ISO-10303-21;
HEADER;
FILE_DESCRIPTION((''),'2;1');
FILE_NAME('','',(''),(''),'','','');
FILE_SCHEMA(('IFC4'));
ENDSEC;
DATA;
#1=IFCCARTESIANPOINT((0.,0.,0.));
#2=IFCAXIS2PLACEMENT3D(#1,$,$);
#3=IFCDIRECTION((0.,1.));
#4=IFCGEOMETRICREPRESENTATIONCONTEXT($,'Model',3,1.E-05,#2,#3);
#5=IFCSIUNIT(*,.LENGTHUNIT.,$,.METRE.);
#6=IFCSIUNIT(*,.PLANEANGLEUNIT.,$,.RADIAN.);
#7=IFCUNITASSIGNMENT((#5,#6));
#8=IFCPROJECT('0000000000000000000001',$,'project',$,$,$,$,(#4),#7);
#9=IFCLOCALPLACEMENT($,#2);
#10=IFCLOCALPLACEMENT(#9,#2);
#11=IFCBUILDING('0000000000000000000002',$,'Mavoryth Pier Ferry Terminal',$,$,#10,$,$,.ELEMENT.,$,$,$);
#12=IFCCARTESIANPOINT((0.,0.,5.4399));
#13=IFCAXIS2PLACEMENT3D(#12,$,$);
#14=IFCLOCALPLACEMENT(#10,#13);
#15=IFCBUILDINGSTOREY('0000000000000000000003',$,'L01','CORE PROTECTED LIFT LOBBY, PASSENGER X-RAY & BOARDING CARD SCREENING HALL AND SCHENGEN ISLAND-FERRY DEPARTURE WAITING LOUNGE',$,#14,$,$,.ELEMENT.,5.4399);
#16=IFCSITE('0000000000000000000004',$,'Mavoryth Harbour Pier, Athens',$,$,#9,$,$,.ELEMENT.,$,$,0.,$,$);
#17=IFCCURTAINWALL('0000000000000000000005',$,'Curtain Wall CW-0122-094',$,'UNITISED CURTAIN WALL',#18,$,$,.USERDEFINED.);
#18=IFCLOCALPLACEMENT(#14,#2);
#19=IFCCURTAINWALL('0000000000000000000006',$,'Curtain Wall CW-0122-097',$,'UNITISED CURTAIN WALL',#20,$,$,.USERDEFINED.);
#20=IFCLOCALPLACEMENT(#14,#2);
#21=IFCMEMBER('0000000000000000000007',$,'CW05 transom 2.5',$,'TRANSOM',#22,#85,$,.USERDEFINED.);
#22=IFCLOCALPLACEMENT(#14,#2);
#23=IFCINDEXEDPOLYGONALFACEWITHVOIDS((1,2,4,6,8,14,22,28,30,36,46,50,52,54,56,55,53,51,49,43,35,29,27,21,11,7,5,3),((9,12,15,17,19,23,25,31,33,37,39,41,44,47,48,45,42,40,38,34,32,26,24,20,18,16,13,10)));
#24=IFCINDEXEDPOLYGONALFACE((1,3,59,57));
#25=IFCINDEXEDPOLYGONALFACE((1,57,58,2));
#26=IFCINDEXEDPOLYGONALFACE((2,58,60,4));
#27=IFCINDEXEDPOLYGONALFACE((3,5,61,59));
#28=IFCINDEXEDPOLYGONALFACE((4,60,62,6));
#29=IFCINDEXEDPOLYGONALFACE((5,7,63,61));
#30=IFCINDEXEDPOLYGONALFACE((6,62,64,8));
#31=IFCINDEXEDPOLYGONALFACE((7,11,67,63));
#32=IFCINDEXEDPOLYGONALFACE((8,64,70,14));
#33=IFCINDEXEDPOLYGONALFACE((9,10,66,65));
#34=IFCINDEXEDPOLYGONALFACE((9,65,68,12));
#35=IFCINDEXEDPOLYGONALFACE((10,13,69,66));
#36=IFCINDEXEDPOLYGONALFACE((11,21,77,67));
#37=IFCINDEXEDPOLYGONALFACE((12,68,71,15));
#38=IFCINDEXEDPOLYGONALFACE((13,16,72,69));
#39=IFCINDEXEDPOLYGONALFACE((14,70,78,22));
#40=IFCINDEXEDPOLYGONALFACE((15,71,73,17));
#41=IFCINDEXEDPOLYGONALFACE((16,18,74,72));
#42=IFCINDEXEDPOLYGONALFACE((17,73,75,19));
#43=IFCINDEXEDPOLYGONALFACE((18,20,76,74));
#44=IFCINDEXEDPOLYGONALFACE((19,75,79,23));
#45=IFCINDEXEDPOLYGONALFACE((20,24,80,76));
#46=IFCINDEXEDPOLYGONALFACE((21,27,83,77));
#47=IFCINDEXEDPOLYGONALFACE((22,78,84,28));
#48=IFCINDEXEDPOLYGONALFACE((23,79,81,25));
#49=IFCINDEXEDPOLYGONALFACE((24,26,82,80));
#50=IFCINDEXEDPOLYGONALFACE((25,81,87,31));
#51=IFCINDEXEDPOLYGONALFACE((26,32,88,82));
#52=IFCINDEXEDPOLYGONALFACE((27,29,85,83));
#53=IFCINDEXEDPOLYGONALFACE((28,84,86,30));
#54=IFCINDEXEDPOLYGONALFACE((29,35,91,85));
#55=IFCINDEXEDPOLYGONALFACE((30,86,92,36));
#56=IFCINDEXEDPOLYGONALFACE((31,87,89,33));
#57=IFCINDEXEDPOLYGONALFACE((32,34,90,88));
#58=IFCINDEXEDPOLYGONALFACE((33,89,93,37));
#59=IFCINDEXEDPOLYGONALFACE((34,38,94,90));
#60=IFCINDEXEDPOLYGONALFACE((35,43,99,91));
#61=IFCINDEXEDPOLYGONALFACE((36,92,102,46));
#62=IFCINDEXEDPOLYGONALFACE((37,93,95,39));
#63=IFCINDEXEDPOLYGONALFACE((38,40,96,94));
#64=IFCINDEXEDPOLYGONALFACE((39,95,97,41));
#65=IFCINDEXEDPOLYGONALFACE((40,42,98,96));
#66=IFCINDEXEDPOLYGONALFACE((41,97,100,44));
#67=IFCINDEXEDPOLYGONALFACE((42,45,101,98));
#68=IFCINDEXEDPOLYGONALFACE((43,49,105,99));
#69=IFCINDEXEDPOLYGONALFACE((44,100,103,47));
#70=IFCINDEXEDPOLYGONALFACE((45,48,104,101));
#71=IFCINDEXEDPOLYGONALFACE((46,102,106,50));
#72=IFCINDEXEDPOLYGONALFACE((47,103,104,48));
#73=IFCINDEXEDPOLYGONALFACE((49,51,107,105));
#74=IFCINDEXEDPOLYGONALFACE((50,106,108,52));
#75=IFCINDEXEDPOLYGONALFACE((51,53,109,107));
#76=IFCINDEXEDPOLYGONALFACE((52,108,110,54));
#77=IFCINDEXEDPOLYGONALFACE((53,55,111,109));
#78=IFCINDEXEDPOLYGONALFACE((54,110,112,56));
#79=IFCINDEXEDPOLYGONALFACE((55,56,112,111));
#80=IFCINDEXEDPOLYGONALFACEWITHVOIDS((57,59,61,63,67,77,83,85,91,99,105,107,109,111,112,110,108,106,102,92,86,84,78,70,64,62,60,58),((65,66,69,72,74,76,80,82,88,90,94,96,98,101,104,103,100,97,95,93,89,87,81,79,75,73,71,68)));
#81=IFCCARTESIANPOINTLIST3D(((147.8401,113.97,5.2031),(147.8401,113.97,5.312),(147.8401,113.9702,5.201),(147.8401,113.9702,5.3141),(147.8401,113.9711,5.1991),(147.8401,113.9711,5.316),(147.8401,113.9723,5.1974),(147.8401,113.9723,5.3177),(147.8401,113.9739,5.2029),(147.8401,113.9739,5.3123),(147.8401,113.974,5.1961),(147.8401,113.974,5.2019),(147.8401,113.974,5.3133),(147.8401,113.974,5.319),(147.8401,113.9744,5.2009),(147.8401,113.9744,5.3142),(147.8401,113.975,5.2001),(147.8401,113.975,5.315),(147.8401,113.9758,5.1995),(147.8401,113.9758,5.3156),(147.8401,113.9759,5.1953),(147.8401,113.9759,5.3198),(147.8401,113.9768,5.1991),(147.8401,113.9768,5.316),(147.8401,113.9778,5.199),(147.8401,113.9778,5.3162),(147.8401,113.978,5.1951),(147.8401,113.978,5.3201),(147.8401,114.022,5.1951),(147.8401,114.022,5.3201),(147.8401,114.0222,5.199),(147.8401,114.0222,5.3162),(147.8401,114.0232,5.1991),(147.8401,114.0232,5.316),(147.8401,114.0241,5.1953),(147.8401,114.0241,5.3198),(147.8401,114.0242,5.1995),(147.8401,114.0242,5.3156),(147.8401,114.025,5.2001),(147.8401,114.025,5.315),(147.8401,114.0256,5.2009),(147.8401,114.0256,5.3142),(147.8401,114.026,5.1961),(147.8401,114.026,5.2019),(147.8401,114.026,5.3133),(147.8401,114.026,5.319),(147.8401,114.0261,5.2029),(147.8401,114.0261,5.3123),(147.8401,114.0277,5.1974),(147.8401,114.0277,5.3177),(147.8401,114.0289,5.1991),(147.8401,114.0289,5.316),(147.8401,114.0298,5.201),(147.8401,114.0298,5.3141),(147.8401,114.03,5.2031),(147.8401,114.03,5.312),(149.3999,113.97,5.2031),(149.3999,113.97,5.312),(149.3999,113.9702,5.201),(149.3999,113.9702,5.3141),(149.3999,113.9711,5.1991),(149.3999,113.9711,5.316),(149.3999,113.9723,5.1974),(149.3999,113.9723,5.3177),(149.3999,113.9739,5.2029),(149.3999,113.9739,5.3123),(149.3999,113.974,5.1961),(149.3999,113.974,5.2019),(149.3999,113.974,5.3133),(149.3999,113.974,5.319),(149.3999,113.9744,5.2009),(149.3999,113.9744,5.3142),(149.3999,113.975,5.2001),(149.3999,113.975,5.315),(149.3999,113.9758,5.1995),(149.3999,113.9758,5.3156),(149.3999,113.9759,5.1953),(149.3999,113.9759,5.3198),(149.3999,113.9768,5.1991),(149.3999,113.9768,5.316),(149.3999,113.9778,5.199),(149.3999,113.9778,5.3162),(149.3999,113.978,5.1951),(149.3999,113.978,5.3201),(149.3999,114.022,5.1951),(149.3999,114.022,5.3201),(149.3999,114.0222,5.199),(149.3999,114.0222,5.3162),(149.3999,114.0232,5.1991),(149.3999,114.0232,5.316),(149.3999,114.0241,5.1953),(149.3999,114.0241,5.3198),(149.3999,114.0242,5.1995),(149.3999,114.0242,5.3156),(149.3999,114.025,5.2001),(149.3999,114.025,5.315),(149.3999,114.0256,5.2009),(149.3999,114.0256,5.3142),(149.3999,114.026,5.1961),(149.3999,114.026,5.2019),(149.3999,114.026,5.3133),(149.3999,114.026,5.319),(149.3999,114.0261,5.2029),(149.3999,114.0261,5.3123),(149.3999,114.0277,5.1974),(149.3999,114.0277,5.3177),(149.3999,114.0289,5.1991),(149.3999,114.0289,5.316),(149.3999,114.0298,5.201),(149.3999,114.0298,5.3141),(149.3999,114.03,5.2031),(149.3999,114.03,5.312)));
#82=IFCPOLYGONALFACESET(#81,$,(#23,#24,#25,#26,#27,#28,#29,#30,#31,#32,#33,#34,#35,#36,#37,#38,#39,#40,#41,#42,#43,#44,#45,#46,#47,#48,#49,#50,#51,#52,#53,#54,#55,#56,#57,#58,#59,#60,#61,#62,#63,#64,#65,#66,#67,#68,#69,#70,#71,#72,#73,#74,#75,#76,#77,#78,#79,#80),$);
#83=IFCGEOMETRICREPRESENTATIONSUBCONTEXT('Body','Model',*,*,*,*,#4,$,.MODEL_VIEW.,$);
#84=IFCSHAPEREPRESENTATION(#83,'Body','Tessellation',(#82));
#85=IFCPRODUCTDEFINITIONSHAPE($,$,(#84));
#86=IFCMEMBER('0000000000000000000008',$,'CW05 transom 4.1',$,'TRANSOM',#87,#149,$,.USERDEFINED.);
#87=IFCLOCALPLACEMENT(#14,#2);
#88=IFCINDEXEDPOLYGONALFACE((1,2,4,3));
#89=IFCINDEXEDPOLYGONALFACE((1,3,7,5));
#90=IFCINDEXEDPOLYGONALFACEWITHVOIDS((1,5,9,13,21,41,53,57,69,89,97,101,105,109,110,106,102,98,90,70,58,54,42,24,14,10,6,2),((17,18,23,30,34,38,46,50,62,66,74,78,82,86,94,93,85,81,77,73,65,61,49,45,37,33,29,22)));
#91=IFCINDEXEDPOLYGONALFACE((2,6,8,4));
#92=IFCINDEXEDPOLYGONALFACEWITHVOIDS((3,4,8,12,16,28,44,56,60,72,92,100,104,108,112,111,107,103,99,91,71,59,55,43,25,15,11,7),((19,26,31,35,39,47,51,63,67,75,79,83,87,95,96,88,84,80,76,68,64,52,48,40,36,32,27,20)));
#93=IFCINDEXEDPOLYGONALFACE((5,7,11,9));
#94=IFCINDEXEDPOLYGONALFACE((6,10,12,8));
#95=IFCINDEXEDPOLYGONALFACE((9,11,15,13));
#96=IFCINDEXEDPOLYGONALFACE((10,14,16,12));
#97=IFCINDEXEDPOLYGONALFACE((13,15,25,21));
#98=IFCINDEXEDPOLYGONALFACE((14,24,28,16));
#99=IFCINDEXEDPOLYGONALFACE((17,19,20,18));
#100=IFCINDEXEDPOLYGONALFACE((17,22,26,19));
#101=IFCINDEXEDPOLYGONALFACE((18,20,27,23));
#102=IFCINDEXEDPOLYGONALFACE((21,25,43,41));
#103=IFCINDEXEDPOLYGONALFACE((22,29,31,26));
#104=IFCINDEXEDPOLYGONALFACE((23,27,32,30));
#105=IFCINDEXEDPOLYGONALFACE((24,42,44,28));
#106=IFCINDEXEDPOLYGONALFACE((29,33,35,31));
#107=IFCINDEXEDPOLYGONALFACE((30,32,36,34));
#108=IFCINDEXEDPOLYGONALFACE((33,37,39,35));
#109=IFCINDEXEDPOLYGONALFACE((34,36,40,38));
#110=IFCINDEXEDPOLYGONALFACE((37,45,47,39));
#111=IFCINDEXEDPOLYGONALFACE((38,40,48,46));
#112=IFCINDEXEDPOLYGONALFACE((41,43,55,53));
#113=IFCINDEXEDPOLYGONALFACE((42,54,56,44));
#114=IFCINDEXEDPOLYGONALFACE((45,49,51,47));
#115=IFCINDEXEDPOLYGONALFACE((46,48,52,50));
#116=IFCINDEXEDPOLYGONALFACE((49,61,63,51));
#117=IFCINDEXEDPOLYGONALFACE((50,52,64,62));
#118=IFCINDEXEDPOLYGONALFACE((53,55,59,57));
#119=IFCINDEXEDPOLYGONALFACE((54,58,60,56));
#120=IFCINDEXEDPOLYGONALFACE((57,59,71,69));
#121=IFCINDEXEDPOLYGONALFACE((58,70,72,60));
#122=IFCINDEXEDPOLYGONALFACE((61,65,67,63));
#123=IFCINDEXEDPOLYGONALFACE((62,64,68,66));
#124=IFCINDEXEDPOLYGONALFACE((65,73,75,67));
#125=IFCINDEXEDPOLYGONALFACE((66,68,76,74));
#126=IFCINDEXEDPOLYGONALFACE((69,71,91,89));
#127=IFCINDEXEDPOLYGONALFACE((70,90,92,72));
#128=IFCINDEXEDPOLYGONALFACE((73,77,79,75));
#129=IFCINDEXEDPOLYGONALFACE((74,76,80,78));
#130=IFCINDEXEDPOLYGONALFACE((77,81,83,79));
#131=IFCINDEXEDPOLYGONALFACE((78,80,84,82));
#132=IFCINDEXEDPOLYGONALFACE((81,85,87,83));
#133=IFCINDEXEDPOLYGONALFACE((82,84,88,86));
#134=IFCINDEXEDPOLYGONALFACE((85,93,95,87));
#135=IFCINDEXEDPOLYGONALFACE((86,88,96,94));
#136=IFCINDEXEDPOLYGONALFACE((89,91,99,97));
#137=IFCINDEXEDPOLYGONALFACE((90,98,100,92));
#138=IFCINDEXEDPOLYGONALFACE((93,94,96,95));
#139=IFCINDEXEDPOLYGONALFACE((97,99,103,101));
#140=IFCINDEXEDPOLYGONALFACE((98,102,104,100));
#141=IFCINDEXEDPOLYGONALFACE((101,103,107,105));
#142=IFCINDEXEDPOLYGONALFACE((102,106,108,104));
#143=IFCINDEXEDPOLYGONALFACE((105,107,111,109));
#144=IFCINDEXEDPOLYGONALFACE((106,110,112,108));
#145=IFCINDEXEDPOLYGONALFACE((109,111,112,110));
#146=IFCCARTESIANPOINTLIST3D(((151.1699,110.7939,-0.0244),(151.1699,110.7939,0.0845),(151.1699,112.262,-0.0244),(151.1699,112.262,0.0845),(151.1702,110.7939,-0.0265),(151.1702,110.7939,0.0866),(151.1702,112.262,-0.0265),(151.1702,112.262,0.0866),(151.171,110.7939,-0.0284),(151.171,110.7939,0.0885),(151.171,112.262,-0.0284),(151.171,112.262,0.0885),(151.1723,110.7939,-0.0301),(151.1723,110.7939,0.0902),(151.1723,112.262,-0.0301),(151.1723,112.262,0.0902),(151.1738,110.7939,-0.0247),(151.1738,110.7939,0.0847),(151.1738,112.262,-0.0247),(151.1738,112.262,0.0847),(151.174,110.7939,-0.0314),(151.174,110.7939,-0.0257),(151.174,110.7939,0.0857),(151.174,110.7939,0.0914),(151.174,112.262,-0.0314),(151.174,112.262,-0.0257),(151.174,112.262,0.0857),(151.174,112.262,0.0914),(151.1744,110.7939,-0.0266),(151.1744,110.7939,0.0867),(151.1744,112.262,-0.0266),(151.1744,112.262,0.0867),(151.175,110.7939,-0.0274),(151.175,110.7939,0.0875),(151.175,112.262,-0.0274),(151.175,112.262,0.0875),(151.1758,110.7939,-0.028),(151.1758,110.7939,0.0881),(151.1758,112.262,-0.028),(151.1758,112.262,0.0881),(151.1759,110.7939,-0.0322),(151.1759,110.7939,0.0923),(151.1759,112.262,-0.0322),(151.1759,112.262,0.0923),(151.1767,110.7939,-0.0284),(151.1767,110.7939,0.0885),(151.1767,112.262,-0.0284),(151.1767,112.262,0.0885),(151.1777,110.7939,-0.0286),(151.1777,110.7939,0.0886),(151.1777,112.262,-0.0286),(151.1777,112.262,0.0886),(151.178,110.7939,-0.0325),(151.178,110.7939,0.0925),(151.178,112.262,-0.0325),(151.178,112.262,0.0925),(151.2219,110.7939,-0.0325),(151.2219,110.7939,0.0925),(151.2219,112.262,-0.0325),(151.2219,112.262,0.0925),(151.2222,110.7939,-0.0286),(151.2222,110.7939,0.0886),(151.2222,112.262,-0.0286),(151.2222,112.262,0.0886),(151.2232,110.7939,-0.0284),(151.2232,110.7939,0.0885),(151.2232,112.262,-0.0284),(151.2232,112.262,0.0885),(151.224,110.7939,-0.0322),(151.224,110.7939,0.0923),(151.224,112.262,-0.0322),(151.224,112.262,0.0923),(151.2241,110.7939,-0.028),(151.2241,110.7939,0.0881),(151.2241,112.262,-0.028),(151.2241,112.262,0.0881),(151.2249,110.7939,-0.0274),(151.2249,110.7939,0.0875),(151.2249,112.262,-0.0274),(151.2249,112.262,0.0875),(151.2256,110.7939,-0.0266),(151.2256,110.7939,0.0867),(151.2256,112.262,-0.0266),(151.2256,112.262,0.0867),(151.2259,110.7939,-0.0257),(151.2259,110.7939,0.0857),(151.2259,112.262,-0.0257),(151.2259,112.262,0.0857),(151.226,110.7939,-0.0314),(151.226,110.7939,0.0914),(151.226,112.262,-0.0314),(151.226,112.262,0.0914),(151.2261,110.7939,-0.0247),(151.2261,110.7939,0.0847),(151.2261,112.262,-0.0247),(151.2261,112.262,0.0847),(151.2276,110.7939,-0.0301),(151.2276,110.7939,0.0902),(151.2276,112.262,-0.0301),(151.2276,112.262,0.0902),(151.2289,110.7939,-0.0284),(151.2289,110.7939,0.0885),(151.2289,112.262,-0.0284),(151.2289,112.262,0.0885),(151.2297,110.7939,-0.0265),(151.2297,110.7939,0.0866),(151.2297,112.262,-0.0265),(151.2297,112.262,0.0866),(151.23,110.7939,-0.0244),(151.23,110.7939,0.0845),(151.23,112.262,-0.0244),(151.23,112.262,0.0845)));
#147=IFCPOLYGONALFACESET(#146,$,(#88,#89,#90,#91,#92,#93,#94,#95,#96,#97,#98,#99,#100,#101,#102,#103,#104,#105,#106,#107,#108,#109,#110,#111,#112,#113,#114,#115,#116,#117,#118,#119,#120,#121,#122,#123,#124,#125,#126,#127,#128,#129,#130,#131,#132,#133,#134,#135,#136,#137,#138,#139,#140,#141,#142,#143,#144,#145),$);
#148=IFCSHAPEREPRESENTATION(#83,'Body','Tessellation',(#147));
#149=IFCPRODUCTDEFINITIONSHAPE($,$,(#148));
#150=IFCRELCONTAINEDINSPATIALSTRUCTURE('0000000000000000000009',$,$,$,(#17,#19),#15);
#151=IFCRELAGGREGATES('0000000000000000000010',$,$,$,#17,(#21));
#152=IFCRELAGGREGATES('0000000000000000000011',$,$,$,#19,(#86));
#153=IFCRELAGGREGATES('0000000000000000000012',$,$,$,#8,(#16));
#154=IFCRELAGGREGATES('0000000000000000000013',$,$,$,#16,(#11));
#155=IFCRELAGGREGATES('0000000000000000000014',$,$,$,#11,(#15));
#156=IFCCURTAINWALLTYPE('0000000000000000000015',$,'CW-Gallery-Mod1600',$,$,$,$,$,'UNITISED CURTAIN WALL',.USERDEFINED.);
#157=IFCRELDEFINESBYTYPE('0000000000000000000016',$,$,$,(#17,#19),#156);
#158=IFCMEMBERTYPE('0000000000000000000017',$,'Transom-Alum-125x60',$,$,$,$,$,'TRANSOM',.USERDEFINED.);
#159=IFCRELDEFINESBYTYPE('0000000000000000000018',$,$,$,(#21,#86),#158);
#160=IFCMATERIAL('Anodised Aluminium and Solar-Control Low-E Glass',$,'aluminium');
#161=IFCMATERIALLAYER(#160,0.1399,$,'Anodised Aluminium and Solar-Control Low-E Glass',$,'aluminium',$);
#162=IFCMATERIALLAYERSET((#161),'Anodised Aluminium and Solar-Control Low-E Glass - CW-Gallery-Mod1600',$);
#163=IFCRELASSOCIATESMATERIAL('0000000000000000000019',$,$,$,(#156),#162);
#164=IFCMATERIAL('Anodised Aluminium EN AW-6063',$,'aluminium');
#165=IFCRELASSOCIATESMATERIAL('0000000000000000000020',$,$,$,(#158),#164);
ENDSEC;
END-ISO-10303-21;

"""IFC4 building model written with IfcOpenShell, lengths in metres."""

from ifc_helpers import new_model, si_unit, direction, frame, origin, origin_2d, place, context, subcontext, project, spatial, hollow_rectangle, extrude, material, layer, layer_set, material_profile, profile_set, type_object, element, aggregate, save


model = new_model("IFC4")

# Units and contexts
model_context = context("Model", 3, precision=1e-05, world=origin(), true_north=direction((0.0, 1.0)))
body_context = subcontext(model_context, "Body", "Model", "MODEL_VIEW")
ifc_project = project(units=[si_unit("LENGTHUNIT", "METRE"), si_unit("PLANEANGLEUNIT", "RADIAN")], contexts=[model_context])

# Site, building, storey
site_placement = place(None, origin())
site = spatial("IfcSite", under=ifc_project, at=site_placement, Name="Mavoryth Harbour Pier, Athens", CompositionType="ELEMENT", RefElevation=0.0)
building_placement = place(site_placement, origin())
building = spatial("IfcBuilding", under=site, at=building_placement, Name="Mavoryth Pier Ferry Terminal", CompositionType="ELEMENT")
storey_placement = place(building_placement, frame((0.0, 0.0, 5.4399)))
storey = spatial("IfcBuildingStorey", under=building, at=storey_placement, Name="L01", Description="CORE PROTECTED LIFT LOBBY, PASSENGER X-RAY & BOARDING CARD SCREENING HALL AND SCHENGEN ISLAND-FERRY DEPARTURE WAITING LOUNGE", CompositionType="ELEMENT", Elevation=5.4399)

# Curtain walls
ifc_material_1 = material(Name="Anodised Aluminium and Solar-Control Low-E Glass", Category="aluminium")
ifc_layer_1 = layer(ifc_material_1, 0.1399, Name="Anodised Aluminium and Solar-Control Low-E Glass", Category="aluminium")
ifc_layer_set_1 = layer_set([ifc_layer_1], Name="Anodised Aluminium and Solar-Control Low-E Glass - CW-Gallery-Mod1600")
curtain_wall_type = type_object("IfcCurtainWallType", Name="CW-Gallery-Mod1600", ElementType="UNITISED CURTAIN WALL", PredefinedType="USERDEFINED", material=ifc_layer_set_1)
curtain_wall_1_placement = place(storey_placement, origin())
curtain_wall_1 = element("IfcCurtainWall", 1, at=curtain_wall_1_placement, inside=storey, type_object=curtain_wall_type, Name="Curtain Wall CW-0122-094", ObjectType="UNITISED CURTAIN WALL", PredefinedType="USERDEFINED")
ifc_material_2 = material(Name="Anodised Aluminium EN AW-6063", Category="aluminium")
curtain_wall_2_placement = place(storey_placement, origin())
curtain_wall_2 = element("IfcCurtainWall", 2, at=curtain_wall_2_placement, inside=storey, type_object=curtain_wall_type, Name="Curtain Wall CW-0122-097", ObjectType="UNITISED CURTAIN WALL", PredefinedType="USERDEFINED")

# Members
ifc_material_profile_1 = material_profile(ifc_material_2, hollow_rectangle(XDim=0.0601, YDim=0.125, WallThickness=0.0039, InnerFilletRadius=0.0039, OuterFilletRadius=0.0081, at=origin_2d()), Name="AL-TRAN 125x60x4", Category="aluminium")
ifc_profile_set_1 = profile_set([ifc_material_profile_1], Name="Anodised Aluminium EN AW-6063 - AL-TRAN 125x60x4")
member_type_1 = type_object("IfcMemberType", Name="Transom-Alum-125x60", ElementType="TRANSOM", PredefinedType="USERDEFINED", material=ifc_profile_set_1)
member_1_placement = place(storey_placement, frame((149.3999, 114.0, 5.2576), z_axis=(-1.0, 0.0, 0.0), x_axis=(0.0, -1.0, 0.0)))
member_1 = element("IfcMember", 3, at=member_1_placement, type_object=member_type_1, Name="CW05 transom 2.5", ObjectType="TRANSOM", PredefinedType="USERDEFINED", context=body_context, shape_type="SweptSolid", body=[
    extrude(hollow_rectangle(XDim=0.0601, YDim=0.125, WallThickness=0.0039, InnerFilletRadius=0.0039, OuterFilletRadius=0.0081, at=origin_2d()), origin(), (0.0, 0.0, 1.0), 1.5598),
])
member_2_placement = place(storey_placement, frame((151.2, 110.7939, 0.03), z_axis=(0.0, 1.0, 0.0), x_axis=(-1.0, 0.0, 0.0)))
member_2 = element("IfcMember", 4, at=member_2_placement, type_object=member_type_1, Name="CW05 transom 4.1", ObjectType="TRANSOM", PredefinedType="USERDEFINED", context=body_context, shape_type="SweptSolid", body=[
    extrude(hollow_rectangle(XDim=0.0601, YDim=0.125, WallThickness=0.0039, InnerFilletRadius=0.0039, OuterFilletRadius=0.0081, at=origin_2d()), origin(), (0.0, 0.0, 1.0), 1.468),
])

aggregate(curtain_wall_1, [member_1])
aggregate(curtain_wall_2, [member_2])

save(model, "model.ifc")
